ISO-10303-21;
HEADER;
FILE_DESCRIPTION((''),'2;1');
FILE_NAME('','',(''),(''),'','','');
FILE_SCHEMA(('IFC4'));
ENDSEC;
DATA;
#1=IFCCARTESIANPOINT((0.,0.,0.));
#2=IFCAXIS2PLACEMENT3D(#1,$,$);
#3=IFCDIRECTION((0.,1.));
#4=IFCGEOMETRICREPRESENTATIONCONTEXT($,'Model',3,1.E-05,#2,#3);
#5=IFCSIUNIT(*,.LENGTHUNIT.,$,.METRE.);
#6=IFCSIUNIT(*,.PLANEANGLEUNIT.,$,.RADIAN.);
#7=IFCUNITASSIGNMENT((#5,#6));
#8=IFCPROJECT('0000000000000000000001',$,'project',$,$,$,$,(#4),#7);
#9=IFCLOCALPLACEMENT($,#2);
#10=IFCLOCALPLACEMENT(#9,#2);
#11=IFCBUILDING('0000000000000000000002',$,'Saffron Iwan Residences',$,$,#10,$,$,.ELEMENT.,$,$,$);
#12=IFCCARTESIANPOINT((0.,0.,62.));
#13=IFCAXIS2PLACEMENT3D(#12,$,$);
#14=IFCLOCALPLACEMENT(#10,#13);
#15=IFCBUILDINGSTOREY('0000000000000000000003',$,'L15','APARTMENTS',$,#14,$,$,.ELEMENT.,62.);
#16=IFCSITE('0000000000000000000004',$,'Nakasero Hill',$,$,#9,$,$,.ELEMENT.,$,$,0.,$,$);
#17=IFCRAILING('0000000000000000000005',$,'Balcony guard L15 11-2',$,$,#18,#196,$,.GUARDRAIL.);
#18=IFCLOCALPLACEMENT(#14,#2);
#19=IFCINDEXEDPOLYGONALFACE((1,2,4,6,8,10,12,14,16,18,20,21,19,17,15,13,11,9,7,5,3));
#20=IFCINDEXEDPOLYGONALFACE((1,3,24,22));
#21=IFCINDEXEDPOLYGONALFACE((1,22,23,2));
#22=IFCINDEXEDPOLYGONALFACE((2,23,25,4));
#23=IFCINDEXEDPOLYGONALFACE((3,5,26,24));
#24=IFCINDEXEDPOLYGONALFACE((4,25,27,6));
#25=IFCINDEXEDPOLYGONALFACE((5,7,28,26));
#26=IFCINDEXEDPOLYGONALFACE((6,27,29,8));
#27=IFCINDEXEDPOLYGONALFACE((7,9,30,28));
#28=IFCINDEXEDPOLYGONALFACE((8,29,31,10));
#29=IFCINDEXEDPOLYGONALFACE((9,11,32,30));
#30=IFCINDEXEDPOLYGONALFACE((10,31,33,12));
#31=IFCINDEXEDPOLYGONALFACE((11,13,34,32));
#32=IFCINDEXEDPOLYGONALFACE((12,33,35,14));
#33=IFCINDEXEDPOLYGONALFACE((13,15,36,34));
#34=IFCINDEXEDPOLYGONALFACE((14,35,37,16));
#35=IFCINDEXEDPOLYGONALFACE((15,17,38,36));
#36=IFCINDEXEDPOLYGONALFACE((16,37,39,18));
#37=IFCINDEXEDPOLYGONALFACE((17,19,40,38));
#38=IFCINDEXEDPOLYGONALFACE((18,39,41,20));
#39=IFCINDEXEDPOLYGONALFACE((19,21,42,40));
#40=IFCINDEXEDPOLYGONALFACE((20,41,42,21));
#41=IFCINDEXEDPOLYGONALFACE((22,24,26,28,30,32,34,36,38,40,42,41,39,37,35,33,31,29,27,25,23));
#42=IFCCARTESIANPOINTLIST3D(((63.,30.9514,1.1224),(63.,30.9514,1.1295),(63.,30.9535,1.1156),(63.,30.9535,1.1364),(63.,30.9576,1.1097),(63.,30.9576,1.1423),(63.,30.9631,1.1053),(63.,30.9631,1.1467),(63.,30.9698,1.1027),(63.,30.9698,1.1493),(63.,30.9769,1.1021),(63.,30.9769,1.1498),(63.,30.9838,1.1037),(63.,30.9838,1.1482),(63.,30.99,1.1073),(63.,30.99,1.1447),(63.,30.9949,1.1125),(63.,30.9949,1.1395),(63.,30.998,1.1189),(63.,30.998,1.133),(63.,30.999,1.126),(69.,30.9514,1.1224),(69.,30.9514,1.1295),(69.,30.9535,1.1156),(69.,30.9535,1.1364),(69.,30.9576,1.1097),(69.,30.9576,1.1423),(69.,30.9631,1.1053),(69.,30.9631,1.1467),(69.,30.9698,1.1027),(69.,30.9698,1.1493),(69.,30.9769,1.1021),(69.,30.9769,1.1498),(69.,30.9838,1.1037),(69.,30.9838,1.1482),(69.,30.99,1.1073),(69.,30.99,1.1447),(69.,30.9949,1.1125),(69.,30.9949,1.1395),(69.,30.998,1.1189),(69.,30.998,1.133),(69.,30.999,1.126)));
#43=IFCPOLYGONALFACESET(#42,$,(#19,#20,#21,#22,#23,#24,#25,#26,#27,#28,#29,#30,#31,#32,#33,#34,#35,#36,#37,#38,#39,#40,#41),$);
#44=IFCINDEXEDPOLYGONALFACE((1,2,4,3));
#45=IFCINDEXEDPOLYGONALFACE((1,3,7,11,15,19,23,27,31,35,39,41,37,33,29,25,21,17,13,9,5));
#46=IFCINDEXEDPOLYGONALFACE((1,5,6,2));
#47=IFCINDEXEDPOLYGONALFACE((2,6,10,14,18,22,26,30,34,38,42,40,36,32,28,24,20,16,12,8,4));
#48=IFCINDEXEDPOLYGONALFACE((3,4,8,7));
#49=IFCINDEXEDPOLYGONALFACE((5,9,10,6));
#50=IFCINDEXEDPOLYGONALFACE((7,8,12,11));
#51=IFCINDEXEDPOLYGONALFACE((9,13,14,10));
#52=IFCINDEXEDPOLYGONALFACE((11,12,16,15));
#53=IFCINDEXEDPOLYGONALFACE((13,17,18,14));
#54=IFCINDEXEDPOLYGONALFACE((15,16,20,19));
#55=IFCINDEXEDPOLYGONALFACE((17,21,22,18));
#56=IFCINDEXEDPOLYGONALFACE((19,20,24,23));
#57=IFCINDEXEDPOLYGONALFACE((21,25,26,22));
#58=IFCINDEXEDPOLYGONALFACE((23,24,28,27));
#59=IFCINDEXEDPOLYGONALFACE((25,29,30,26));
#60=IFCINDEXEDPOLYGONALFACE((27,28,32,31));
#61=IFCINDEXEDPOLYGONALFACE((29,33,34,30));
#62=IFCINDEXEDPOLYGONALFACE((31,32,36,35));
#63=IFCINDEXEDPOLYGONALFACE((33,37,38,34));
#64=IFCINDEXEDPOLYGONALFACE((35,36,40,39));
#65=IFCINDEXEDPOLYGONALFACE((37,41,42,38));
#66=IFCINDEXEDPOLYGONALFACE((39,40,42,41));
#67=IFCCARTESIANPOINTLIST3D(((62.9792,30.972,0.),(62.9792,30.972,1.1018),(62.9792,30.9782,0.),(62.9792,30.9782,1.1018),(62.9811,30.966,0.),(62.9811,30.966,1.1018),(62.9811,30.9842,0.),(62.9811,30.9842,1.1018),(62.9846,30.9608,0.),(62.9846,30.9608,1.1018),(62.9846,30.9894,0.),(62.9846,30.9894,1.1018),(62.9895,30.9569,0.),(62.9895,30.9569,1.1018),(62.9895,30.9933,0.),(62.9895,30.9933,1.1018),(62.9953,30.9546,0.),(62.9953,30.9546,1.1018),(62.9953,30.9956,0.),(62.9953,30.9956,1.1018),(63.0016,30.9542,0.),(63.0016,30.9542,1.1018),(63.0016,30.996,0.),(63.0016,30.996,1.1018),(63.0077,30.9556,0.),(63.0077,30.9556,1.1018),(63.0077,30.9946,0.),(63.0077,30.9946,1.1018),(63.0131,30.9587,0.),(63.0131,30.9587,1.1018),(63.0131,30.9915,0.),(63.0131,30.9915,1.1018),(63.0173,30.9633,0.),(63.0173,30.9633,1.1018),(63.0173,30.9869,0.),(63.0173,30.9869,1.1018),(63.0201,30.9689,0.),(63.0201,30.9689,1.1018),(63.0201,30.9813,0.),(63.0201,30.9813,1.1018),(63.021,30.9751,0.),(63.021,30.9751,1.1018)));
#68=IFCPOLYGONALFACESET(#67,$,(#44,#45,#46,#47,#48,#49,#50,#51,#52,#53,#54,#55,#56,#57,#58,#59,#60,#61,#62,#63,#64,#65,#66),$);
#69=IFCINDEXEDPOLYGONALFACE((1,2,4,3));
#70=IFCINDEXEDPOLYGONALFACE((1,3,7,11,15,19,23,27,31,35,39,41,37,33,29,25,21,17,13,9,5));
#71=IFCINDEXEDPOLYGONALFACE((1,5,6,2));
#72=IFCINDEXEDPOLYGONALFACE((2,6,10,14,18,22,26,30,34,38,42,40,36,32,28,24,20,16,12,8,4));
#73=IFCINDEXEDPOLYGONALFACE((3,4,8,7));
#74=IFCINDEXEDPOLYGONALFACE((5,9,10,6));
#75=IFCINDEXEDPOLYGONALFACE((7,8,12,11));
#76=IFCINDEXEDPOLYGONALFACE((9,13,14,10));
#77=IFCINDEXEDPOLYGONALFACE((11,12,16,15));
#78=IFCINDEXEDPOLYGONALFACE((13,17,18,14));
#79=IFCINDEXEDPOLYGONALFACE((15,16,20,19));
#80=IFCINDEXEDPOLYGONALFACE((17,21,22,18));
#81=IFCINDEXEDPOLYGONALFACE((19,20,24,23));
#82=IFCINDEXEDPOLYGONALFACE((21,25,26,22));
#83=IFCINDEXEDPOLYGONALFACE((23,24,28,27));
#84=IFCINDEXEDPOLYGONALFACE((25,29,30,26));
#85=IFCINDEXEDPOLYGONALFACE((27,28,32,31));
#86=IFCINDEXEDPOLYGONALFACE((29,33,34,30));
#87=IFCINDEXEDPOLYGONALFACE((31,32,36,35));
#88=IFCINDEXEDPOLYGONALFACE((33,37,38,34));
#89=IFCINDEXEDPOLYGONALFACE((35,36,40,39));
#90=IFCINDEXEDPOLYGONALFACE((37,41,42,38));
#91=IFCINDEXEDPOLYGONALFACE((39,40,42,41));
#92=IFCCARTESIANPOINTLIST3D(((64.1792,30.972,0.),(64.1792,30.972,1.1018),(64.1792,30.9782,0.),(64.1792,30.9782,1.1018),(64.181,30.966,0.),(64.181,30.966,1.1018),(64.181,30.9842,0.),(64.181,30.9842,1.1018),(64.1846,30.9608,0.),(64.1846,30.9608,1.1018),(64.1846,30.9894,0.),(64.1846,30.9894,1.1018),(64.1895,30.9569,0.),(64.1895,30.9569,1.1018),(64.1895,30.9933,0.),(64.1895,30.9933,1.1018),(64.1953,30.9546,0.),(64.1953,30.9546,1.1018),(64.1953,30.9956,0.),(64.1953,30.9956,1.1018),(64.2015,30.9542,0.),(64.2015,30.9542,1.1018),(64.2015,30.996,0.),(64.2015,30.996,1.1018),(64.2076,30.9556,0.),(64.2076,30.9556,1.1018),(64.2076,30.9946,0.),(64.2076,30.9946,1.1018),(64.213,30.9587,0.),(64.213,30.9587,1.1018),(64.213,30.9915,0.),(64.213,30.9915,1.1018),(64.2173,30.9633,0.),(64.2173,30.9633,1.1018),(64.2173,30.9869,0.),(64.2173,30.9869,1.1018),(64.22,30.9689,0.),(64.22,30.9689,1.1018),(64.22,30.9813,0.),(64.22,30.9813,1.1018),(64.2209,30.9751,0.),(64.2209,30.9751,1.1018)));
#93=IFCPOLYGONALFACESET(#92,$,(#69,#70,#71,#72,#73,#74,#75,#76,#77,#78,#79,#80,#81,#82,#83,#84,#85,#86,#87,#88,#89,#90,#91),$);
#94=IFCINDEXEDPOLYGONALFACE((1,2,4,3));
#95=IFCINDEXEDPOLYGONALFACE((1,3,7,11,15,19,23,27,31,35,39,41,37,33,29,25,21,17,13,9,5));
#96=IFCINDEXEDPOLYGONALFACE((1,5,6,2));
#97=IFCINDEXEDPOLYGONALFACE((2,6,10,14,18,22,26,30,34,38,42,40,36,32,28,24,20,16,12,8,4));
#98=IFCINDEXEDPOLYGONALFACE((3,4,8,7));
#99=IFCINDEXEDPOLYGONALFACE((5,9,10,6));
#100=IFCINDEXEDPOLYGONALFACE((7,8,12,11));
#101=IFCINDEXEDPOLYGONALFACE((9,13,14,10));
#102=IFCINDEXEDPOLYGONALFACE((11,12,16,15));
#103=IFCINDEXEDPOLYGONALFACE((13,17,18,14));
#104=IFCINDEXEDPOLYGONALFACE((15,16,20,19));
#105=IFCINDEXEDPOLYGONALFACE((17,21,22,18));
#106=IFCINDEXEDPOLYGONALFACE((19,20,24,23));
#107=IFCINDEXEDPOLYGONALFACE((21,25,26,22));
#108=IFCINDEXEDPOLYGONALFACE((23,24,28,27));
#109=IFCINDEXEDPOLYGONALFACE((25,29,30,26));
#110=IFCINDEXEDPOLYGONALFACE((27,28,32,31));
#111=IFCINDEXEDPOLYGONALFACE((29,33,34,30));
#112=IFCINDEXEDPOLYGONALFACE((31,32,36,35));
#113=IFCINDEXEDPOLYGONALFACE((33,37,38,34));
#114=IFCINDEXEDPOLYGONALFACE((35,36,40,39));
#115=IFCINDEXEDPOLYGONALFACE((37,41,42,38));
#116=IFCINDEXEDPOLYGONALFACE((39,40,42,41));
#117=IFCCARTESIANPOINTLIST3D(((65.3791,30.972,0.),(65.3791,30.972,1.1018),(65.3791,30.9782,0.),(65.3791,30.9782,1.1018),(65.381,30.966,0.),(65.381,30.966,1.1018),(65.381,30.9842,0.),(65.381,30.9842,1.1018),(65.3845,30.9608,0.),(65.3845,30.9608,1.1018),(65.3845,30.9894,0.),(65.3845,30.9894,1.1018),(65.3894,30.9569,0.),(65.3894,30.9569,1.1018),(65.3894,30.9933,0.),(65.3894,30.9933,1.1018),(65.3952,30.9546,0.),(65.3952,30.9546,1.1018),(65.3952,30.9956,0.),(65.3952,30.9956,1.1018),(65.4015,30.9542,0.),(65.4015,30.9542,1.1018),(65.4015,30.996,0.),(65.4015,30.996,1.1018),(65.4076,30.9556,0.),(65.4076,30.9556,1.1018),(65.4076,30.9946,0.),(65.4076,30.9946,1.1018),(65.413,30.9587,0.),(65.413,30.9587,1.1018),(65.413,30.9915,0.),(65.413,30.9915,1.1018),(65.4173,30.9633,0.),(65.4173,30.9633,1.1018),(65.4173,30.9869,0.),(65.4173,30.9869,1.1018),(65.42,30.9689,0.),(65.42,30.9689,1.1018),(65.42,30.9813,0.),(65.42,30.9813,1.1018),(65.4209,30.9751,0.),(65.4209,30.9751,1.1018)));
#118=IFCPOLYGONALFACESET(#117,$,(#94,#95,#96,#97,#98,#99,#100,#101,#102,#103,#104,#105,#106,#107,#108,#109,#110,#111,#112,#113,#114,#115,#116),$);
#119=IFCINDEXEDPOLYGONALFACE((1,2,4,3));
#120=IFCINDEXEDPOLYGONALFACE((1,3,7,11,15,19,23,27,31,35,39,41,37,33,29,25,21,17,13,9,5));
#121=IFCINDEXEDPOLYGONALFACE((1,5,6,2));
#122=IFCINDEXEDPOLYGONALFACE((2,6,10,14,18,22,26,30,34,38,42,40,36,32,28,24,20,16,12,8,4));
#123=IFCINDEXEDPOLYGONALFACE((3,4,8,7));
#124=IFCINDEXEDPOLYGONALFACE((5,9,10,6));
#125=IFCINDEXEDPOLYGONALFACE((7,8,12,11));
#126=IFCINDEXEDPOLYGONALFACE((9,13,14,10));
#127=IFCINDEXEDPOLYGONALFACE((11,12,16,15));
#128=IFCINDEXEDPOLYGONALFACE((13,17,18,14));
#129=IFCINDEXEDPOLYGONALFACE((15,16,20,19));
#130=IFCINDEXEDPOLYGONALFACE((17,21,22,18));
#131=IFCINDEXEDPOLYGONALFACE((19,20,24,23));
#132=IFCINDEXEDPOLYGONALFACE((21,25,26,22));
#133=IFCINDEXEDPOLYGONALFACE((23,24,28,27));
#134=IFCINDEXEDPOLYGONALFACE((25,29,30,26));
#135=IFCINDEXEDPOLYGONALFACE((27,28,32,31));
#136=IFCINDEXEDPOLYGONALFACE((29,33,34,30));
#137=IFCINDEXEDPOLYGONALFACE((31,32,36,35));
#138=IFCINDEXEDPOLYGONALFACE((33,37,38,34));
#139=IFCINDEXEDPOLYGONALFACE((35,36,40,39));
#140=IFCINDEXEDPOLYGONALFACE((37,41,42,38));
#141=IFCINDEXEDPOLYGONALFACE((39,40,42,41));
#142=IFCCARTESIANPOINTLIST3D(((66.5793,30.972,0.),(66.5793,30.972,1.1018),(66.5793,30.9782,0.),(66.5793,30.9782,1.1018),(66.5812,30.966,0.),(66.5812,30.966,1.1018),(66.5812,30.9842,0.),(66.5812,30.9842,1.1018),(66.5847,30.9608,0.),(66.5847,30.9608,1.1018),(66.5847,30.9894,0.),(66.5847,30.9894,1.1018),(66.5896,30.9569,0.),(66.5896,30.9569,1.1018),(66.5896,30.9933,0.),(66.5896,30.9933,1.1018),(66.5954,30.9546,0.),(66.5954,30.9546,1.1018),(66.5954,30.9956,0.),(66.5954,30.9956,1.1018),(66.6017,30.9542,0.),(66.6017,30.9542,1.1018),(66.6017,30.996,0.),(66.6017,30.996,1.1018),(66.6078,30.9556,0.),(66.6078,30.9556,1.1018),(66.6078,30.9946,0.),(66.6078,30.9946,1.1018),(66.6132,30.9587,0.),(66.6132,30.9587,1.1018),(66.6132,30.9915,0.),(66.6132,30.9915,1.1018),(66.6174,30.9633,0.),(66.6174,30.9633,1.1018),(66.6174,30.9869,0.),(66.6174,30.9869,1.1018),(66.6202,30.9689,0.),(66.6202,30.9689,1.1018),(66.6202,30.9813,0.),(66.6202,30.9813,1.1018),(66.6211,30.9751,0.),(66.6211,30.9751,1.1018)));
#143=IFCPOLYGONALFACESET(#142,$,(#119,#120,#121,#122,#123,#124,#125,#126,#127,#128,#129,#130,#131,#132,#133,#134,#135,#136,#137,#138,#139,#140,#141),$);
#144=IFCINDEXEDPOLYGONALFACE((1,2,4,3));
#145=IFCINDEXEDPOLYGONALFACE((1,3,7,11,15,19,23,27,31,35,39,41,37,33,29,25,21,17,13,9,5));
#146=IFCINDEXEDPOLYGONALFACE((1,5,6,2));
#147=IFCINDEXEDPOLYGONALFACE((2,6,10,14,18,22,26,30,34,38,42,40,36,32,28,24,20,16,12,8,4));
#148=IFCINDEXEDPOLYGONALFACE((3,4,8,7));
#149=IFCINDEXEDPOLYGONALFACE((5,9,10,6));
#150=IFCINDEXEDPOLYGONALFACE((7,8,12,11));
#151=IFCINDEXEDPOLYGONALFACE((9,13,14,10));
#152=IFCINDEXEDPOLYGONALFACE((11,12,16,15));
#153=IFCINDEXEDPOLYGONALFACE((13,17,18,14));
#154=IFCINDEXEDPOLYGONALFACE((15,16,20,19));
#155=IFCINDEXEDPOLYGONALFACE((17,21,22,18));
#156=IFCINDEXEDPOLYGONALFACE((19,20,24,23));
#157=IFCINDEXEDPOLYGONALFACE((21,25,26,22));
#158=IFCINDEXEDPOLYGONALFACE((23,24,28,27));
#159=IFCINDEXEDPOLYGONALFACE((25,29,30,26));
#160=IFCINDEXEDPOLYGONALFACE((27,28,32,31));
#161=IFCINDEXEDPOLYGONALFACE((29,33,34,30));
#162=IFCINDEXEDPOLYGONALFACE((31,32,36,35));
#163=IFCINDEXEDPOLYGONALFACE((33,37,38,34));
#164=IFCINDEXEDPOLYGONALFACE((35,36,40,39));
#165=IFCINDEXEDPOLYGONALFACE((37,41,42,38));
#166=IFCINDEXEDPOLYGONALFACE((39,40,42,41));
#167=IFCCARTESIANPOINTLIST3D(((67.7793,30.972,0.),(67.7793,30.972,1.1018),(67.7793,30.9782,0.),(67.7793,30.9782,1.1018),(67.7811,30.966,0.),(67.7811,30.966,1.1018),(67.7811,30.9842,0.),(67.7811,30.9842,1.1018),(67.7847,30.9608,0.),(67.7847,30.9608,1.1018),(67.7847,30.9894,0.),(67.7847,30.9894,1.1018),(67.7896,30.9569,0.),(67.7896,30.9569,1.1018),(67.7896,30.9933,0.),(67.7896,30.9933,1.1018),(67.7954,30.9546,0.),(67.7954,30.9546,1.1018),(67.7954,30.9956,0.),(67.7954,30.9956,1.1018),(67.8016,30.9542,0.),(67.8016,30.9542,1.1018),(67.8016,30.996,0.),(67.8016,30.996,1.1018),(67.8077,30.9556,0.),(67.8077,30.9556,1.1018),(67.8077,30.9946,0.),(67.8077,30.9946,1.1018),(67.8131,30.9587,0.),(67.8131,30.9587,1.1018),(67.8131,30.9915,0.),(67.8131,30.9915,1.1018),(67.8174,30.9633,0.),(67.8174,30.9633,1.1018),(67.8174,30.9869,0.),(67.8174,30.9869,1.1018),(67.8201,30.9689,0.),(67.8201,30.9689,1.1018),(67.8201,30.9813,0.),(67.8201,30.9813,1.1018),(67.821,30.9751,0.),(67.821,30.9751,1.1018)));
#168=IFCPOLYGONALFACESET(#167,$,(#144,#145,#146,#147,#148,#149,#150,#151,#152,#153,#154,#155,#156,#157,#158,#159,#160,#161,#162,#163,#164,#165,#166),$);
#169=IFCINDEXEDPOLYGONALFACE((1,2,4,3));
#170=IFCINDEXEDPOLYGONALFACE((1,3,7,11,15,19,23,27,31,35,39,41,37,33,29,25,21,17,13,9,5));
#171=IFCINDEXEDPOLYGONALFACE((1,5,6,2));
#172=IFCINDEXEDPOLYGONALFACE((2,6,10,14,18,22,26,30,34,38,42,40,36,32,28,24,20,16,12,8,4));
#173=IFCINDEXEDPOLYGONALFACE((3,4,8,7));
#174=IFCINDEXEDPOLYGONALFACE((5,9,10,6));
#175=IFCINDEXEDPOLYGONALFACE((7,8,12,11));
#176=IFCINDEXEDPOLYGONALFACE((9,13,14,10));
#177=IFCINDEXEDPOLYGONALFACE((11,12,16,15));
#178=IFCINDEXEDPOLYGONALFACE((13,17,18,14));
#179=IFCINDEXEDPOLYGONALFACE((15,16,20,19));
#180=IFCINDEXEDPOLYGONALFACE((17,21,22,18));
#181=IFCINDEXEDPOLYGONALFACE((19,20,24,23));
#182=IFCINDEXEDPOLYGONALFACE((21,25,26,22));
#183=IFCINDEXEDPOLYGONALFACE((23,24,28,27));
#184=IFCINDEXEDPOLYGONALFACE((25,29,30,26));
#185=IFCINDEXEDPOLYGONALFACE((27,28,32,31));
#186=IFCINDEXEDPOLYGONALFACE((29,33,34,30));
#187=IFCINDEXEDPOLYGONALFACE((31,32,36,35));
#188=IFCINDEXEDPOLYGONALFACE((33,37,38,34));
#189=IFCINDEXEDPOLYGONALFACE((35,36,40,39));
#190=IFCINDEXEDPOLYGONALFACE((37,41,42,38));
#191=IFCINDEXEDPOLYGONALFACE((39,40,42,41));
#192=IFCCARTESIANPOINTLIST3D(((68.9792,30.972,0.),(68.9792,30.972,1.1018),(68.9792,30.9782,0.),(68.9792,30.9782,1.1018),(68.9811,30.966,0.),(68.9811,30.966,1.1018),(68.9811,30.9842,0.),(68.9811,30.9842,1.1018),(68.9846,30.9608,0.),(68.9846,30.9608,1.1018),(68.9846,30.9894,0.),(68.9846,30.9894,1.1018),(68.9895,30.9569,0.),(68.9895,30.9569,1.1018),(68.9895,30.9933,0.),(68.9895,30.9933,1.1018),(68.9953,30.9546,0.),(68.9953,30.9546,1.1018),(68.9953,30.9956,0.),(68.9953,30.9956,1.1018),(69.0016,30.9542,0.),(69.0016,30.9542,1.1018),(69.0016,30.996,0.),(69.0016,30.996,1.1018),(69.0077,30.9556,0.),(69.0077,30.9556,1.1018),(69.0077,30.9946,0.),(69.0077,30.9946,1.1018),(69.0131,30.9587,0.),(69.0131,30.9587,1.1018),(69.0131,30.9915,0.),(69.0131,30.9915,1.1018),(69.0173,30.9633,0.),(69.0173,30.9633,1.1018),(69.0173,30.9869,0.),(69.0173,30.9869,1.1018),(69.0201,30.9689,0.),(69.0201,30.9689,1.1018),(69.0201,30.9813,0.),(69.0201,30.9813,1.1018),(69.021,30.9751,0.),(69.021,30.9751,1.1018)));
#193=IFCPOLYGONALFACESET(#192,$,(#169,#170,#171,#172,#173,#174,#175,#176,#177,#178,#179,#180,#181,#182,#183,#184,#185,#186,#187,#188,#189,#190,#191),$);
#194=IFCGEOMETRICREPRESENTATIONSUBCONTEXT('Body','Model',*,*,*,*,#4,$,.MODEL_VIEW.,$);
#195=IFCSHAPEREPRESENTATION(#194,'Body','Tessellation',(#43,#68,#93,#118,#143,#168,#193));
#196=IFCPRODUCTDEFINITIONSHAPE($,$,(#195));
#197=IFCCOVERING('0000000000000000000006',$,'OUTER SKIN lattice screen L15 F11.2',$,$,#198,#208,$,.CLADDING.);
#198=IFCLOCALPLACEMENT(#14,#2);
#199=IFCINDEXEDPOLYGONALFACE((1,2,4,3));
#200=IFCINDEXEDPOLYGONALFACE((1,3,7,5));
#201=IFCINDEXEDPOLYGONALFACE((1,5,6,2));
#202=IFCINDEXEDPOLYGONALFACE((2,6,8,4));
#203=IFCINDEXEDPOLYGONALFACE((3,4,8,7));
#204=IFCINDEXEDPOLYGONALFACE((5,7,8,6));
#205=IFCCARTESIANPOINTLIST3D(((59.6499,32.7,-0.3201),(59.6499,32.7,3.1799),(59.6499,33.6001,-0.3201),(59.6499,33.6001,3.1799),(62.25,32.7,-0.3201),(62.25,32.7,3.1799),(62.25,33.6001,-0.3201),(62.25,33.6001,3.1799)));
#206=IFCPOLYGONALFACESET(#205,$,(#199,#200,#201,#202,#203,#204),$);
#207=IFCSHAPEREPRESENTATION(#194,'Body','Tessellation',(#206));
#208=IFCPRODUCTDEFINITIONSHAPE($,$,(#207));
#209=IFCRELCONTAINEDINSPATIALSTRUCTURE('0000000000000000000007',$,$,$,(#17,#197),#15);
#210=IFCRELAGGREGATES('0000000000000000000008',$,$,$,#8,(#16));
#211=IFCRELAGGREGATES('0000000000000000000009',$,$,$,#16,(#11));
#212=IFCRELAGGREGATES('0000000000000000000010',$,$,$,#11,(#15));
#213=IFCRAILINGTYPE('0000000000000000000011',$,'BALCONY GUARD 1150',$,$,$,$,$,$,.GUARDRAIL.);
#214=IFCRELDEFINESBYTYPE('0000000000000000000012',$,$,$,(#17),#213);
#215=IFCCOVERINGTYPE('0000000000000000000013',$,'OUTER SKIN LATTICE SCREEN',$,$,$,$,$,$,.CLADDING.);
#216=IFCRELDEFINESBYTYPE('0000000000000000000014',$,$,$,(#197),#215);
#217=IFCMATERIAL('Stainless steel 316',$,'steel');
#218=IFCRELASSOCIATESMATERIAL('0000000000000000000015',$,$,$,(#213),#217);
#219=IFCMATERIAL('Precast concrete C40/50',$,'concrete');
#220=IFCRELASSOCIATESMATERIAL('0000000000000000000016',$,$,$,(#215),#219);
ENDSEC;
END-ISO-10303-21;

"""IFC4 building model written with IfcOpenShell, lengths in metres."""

from ifc_helpers import new_model, si_unit, direction, frame, origin, origin_2d, place, context, subcontext, project, spatial, polyline, circle, outline, extrude, material, type_object, element, save


model = new_model("IFC4")

# Units and contexts
model_context = context("Model", 3, precision=1e-05, world=origin(), true_north=direction((0.0, 1.0)))
body_context = subcontext(model_context, "Body", "Model", "MODEL_VIEW")
ifc_project = project(units=[si_unit("LENGTHUNIT", "METRE"), si_unit("PLANEANGLEUNIT", "RADIAN")], contexts=[model_context])

# Site, building, storey
site_placement = place(None, origin())
site = spatial("IfcSite", under=ifc_project, at=site_placement, Name="Nakasero Hill", CompositionType="ELEMENT", RefElevation=0.0)
building_placement = place(site_placement, origin())
building = spatial("IfcBuilding", under=site, at=building_placement, Name="Saffron Iwan Residences", CompositionType="ELEMENT")
storey_placement = place(building_placement, frame((0.0, 0.0, 62.0)))
storey = spatial("IfcBuildingStorey", under=building, at=storey_placement, Name="L15", Description="APARTMENTS", CompositionType="ELEMENT", Elevation=62.0)

# Railing
ifc_material_1 = material(Name="Stainless steel 316", Category="steel")
railing_type = type_object("IfcRailingType", Name="BALCONY GUARD 1150", PredefinedType="GUARDRAIL", material=ifc_material_1)
railing_placement = place(storey_placement, frame((63.0, 30.9751, 0.0)))
element("IfcRailing", 1, at=railing_placement, inside=storey, type_object=railing_type, Name="Balcony guard L15 11-2", PredefinedType="GUARDRAIL", context=body_context, shape_type="SweptSolid", body=[
    extrude(circle(Radius=0.0239, at=origin_2d()), frame((0.0, 0.0, 1.126), z_axis=(1.0, 0.0, 0.0), x_axis=(0.0, 1.0, 0.0)), (0.0, 0.0, 1.0), 6.0),
    extrude(circle(Radius=0.021, at=origin_2d()), origin(), (0.0, 0.0, 1.0), 1.1018),
    extrude(circle(Radius=0.021, at=origin_2d()), frame((1.2, 0.0, 0.0)), (0.0, 0.0, 1.0), 1.1018),
    extrude(circle(Radius=0.021, at=origin_2d()), frame((2.3999, 0.0, 0.0)), (0.0, 0.0, 1.0), 1.1018),
    extrude(circle(Radius=0.021, at=origin_2d()), frame((3.6001, 0.0, 0.0)), (0.0, 0.0, 1.0), 1.1018),
    extrude(circle(Radius=0.021, at=origin_2d()), frame((4.8, 0.0, 0.0)), (0.0, 0.0, 1.0), 1.1018),
    extrude(circle(Radius=0.021, at=origin_2d()), frame((6.0, 0.0, 0.0)), (0.0, 0.0, 1.0), 1.1018),
])

# Covering
ifc_material_2 = material(Name="Precast concrete C40/50", Category="concrete")
covering_type = type_object("IfcCoveringType", Name="OUTER SKIN LATTICE SCREEN", PredefinedType="CLADDING", material=ifc_material_2)
covering_placement = place(storey_placement, frame((59.6499, 33.6001, -0.3201), z_axis=(0.0, -1.0, 0.0), x_axis=(1.0, 0.0, 0.0)))
element("IfcCovering", 2, at=covering_placement, inside=storey, type_object=covering_type, Name="OUTER SKIN lattice screen L15 F11.2", PredefinedType="CLADDING", context=body_context, shape_type="SweptSolid", body=[
    extrude(outline(polyline([(0.0, 0.0), (2.6001, 0.0), (2.6001, 3.5), (0.0, 3.5), (0.0, 0.0)])), origin(), (0.0, 0.0, 1.0), 0.9001),
])

save(model, "model.ifc")
